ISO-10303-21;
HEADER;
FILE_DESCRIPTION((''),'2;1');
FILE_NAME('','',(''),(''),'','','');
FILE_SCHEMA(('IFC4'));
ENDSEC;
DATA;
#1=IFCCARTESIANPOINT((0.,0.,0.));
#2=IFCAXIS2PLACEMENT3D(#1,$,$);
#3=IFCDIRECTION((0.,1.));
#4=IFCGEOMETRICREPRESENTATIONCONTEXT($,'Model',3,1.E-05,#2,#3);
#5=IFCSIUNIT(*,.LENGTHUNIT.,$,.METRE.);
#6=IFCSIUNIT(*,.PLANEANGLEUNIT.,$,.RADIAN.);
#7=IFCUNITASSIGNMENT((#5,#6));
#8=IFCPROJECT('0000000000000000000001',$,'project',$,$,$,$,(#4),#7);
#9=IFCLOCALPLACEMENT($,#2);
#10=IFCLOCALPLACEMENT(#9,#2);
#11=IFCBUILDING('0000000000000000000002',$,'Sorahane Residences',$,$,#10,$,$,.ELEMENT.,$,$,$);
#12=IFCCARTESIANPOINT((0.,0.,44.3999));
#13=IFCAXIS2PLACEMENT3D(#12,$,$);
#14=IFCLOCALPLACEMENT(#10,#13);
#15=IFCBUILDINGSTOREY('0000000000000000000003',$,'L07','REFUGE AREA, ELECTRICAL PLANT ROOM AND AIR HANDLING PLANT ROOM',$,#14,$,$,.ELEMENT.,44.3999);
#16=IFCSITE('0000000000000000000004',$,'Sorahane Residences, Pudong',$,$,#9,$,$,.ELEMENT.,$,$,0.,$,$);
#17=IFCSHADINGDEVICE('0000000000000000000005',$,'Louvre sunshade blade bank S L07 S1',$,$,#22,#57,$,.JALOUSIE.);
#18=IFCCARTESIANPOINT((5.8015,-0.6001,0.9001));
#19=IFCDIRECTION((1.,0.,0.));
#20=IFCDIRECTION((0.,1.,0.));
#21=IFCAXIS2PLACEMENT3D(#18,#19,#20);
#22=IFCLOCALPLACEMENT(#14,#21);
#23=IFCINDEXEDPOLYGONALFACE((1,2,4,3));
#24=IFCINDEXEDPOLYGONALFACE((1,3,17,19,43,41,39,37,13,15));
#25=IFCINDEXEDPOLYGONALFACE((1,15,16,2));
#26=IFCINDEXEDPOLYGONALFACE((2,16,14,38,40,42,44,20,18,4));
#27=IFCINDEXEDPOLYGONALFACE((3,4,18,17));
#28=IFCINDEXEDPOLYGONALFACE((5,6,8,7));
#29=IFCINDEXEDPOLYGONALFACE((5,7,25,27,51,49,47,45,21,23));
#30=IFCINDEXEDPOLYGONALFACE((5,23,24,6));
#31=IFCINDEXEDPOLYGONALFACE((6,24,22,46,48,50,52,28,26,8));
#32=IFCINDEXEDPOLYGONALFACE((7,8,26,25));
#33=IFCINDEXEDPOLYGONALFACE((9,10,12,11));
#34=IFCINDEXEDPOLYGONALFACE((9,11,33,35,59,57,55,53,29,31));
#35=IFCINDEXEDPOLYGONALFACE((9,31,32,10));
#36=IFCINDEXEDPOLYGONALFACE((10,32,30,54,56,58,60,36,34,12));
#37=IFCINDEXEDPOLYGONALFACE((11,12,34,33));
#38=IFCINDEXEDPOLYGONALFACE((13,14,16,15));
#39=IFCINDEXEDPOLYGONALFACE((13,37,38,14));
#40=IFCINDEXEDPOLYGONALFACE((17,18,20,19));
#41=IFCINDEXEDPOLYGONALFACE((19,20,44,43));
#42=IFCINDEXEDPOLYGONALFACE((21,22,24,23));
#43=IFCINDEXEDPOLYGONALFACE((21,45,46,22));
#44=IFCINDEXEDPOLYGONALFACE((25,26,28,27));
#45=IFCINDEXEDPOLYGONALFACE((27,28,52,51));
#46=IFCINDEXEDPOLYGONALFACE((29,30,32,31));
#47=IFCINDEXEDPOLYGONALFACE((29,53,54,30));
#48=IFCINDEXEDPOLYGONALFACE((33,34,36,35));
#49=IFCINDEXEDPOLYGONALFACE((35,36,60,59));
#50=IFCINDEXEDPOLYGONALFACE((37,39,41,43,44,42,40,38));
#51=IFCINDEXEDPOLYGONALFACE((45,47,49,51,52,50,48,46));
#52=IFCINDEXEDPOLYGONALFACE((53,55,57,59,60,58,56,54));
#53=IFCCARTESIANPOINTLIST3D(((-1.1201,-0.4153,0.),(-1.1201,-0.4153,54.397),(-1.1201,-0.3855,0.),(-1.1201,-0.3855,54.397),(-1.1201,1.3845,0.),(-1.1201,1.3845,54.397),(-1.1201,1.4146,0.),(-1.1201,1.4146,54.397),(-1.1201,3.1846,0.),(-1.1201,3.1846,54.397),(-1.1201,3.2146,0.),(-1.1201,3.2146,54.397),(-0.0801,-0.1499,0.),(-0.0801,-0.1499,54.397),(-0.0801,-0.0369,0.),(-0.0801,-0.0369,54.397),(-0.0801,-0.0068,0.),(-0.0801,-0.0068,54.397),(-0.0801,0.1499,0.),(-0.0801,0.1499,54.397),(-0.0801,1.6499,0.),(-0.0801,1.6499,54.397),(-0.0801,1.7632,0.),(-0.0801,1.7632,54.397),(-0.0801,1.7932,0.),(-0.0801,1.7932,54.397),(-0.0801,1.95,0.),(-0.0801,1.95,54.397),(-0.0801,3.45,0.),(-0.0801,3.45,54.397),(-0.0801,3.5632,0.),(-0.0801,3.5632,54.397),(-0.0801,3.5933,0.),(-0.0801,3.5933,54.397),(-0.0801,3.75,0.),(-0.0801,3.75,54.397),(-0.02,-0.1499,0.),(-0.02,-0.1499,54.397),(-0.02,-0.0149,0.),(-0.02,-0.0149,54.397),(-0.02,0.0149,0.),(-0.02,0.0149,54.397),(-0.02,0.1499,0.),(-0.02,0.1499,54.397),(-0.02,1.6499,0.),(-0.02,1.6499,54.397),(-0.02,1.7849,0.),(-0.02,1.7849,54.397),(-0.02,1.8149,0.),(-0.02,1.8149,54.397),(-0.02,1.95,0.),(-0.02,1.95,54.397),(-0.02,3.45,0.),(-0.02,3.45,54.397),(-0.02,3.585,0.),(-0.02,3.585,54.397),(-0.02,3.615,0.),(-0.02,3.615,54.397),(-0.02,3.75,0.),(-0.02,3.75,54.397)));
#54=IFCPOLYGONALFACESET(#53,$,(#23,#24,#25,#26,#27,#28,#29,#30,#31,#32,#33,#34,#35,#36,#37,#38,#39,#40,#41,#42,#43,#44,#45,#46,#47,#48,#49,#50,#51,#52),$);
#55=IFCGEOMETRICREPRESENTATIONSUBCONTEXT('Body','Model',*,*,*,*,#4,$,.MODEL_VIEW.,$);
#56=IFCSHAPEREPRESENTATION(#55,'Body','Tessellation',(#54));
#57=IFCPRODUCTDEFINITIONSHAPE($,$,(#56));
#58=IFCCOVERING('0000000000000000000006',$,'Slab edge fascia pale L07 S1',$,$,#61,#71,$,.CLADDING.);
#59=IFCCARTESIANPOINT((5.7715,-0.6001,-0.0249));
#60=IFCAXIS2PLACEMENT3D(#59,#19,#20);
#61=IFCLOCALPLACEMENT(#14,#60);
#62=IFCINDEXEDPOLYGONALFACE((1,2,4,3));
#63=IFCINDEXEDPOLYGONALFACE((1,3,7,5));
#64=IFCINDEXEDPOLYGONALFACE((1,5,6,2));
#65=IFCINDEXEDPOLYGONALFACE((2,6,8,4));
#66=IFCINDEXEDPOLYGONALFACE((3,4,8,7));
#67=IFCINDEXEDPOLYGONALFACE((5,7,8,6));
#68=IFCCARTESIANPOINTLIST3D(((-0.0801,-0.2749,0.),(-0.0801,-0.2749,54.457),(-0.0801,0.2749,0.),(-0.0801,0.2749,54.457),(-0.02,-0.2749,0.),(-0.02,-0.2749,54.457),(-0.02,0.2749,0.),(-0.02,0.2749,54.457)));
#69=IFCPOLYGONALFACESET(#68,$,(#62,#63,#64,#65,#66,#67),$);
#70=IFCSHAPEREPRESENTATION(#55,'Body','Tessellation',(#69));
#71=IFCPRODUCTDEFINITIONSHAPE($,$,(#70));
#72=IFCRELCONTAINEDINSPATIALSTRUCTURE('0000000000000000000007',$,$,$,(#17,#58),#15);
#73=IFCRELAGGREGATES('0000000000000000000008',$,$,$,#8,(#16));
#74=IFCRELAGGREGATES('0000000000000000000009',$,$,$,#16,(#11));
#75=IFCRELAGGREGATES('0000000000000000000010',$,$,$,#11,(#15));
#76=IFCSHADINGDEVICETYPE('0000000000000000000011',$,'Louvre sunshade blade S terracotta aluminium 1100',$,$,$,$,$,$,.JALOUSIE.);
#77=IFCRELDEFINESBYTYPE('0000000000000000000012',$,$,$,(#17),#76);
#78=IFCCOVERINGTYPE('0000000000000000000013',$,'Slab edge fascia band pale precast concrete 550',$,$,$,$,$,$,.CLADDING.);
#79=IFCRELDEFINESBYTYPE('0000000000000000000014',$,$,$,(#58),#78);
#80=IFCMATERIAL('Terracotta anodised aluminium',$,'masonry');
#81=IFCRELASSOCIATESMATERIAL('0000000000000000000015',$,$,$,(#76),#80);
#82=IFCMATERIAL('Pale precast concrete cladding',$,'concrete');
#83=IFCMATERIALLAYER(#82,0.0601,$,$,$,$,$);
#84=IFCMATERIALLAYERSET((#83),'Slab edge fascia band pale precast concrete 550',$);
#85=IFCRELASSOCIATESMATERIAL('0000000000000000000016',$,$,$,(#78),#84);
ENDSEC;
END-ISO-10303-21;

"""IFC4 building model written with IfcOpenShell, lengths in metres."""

from ifc_helpers import new_model, si_unit, direction, frame, origin, place, context, subcontext, project, spatial, polyline, outline, composite_profile, extrude, material, layer, layer_set, type_object, element, save


model = new_model("IFC4")

# Units and contexts
model_context = context("Model", 3, precision=1e-05, world=origin(), true_north=direction((0.0, 1.0)))
body_context = subcontext(model_context, "Body", "Model", "MODEL_VIEW")
ifc_project = project(units=[si_unit("LENGTHUNIT", "METRE"), si_unit("PLANEANGLEUNIT", "RADIAN")], contexts=[model_context])

# Site, building, storey
site_placement = place(None, origin())
site = spatial("IfcSite", under=ifc_project, at=site_placement, Name="Sorahane Residences, Pudong", CompositionType="ELEMENT", RefElevation=0.0)
building_placement = place(site_placement, origin())
building = spatial("IfcBuilding", under=site, at=building_placement, Name="Sorahane Residences", CompositionType="ELEMENT")
storey_placement = place(building_placement, frame((0.0, 0.0, 44.3999)))
storey = spatial("IfcBuildingStorey", under=building, at=storey_placement, Name="L07", Description="REFUGE AREA, ELECTRICAL PLANT ROOM AND AIR HANDLING PLANT ROOM", CompositionType="ELEMENT", Elevation=44.3999)

# Shading device
ifc_material_1 = material(Name="Terracotta anodised aluminium", Category="masonry")
shading_device_type = type_object("IfcShadingDeviceType", Name="Louvre sunshade blade S terracotta aluminium 1100", PredefinedType="JALOUSIE", material=ifc_material_1)
shading_device_placement = place(storey_placement, frame((5.8015, -0.6001, 0.9001), z_axis=(1.0, 0.0, 0.0), x_axis=(0.0, 1.0, 0.0)))
element("IfcShadingDevice", 1, at=shading_device_placement, inside=storey, type_object=shading_device_type, Name="Louvre sunshade blade bank S L07 S1", PredefinedType="JALOUSIE", context=body_context, shape_type="SweptSolid", body=[
    extrude(composite_profile([outline(polyline([(-1.1201, -0.3855), (-1.1201, -0.4153), (-0.0801, -0.0369), (-0.0801, -0.1499), (-0.02, -0.1499), (-0.02, -0.0149), (-0.02, 0.0149), (-0.02, 0.1499), (-0.0801, 0.1499), (-0.0801, -0.0068), (-1.1201, -0.3855)])), outline(polyline([(-1.1201, 1.4146), (-1.1201, 1.3845), (-0.0801, 1.7632), (-0.0801, 1.6499), (-0.02, 1.6499), (-0.02, 1.7849), (-0.02, 1.8149), (-0.02, 1.95), (-0.0801, 1.95), (-0.0801, 1.7932), (-1.1201, 1.4146)])), outline(polyline([(-1.1201, 3.2146), (-1.1201, 3.1846), (-0.0801, 3.5632), (-0.0801, 3.45), (-0.02, 3.45), (-0.02, 3.585), (-0.02, 3.615), (-0.02, 3.75), (-0.0801, 3.75), (-0.0801, 3.5933), (-1.1201, 3.2146)]))]), origin(), (0.0, 0.0, 1.0), 54.397),
])

# Covering
ifc_material_2 = material(Name="Pale precast concrete cladding", Category="concrete")
ifc_layer_1 = layer(ifc_material_2, 0.0601)
ifc_layer_set_1 = layer_set([ifc_layer_1], Name="Slab edge fascia band pale precast concrete 550")
covering_type = type_object("IfcCoveringType", Name="Slab edge fascia band pale precast concrete 550", PredefinedType="CLADDING", material=ifc_layer_set_1)
covering_placement = place(storey_placement, frame((5.7715, -0.6001, -0.0249), z_axis=(1.0, 0.0, 0.0), x_axis=(0.0, 1.0, 0.0)))
element("IfcCovering", 2, at=covering_placement, inside=storey, type_object=covering_type, Name="Slab edge fascia pale L07 S1", PredefinedType="CLADDING", context=body_context, shape_type="SweptSolid", body=[
    extrude(outline(polyline([(-0.02, 0.2749), (-0.0801, 0.2749), (-0.0801, -0.2749), (-0.02, -0.2749), (-0.02, 0.2749)])), origin(), (0.0, 0.0, 1.0), 54.457),
])

save(model, "model.ifc")
